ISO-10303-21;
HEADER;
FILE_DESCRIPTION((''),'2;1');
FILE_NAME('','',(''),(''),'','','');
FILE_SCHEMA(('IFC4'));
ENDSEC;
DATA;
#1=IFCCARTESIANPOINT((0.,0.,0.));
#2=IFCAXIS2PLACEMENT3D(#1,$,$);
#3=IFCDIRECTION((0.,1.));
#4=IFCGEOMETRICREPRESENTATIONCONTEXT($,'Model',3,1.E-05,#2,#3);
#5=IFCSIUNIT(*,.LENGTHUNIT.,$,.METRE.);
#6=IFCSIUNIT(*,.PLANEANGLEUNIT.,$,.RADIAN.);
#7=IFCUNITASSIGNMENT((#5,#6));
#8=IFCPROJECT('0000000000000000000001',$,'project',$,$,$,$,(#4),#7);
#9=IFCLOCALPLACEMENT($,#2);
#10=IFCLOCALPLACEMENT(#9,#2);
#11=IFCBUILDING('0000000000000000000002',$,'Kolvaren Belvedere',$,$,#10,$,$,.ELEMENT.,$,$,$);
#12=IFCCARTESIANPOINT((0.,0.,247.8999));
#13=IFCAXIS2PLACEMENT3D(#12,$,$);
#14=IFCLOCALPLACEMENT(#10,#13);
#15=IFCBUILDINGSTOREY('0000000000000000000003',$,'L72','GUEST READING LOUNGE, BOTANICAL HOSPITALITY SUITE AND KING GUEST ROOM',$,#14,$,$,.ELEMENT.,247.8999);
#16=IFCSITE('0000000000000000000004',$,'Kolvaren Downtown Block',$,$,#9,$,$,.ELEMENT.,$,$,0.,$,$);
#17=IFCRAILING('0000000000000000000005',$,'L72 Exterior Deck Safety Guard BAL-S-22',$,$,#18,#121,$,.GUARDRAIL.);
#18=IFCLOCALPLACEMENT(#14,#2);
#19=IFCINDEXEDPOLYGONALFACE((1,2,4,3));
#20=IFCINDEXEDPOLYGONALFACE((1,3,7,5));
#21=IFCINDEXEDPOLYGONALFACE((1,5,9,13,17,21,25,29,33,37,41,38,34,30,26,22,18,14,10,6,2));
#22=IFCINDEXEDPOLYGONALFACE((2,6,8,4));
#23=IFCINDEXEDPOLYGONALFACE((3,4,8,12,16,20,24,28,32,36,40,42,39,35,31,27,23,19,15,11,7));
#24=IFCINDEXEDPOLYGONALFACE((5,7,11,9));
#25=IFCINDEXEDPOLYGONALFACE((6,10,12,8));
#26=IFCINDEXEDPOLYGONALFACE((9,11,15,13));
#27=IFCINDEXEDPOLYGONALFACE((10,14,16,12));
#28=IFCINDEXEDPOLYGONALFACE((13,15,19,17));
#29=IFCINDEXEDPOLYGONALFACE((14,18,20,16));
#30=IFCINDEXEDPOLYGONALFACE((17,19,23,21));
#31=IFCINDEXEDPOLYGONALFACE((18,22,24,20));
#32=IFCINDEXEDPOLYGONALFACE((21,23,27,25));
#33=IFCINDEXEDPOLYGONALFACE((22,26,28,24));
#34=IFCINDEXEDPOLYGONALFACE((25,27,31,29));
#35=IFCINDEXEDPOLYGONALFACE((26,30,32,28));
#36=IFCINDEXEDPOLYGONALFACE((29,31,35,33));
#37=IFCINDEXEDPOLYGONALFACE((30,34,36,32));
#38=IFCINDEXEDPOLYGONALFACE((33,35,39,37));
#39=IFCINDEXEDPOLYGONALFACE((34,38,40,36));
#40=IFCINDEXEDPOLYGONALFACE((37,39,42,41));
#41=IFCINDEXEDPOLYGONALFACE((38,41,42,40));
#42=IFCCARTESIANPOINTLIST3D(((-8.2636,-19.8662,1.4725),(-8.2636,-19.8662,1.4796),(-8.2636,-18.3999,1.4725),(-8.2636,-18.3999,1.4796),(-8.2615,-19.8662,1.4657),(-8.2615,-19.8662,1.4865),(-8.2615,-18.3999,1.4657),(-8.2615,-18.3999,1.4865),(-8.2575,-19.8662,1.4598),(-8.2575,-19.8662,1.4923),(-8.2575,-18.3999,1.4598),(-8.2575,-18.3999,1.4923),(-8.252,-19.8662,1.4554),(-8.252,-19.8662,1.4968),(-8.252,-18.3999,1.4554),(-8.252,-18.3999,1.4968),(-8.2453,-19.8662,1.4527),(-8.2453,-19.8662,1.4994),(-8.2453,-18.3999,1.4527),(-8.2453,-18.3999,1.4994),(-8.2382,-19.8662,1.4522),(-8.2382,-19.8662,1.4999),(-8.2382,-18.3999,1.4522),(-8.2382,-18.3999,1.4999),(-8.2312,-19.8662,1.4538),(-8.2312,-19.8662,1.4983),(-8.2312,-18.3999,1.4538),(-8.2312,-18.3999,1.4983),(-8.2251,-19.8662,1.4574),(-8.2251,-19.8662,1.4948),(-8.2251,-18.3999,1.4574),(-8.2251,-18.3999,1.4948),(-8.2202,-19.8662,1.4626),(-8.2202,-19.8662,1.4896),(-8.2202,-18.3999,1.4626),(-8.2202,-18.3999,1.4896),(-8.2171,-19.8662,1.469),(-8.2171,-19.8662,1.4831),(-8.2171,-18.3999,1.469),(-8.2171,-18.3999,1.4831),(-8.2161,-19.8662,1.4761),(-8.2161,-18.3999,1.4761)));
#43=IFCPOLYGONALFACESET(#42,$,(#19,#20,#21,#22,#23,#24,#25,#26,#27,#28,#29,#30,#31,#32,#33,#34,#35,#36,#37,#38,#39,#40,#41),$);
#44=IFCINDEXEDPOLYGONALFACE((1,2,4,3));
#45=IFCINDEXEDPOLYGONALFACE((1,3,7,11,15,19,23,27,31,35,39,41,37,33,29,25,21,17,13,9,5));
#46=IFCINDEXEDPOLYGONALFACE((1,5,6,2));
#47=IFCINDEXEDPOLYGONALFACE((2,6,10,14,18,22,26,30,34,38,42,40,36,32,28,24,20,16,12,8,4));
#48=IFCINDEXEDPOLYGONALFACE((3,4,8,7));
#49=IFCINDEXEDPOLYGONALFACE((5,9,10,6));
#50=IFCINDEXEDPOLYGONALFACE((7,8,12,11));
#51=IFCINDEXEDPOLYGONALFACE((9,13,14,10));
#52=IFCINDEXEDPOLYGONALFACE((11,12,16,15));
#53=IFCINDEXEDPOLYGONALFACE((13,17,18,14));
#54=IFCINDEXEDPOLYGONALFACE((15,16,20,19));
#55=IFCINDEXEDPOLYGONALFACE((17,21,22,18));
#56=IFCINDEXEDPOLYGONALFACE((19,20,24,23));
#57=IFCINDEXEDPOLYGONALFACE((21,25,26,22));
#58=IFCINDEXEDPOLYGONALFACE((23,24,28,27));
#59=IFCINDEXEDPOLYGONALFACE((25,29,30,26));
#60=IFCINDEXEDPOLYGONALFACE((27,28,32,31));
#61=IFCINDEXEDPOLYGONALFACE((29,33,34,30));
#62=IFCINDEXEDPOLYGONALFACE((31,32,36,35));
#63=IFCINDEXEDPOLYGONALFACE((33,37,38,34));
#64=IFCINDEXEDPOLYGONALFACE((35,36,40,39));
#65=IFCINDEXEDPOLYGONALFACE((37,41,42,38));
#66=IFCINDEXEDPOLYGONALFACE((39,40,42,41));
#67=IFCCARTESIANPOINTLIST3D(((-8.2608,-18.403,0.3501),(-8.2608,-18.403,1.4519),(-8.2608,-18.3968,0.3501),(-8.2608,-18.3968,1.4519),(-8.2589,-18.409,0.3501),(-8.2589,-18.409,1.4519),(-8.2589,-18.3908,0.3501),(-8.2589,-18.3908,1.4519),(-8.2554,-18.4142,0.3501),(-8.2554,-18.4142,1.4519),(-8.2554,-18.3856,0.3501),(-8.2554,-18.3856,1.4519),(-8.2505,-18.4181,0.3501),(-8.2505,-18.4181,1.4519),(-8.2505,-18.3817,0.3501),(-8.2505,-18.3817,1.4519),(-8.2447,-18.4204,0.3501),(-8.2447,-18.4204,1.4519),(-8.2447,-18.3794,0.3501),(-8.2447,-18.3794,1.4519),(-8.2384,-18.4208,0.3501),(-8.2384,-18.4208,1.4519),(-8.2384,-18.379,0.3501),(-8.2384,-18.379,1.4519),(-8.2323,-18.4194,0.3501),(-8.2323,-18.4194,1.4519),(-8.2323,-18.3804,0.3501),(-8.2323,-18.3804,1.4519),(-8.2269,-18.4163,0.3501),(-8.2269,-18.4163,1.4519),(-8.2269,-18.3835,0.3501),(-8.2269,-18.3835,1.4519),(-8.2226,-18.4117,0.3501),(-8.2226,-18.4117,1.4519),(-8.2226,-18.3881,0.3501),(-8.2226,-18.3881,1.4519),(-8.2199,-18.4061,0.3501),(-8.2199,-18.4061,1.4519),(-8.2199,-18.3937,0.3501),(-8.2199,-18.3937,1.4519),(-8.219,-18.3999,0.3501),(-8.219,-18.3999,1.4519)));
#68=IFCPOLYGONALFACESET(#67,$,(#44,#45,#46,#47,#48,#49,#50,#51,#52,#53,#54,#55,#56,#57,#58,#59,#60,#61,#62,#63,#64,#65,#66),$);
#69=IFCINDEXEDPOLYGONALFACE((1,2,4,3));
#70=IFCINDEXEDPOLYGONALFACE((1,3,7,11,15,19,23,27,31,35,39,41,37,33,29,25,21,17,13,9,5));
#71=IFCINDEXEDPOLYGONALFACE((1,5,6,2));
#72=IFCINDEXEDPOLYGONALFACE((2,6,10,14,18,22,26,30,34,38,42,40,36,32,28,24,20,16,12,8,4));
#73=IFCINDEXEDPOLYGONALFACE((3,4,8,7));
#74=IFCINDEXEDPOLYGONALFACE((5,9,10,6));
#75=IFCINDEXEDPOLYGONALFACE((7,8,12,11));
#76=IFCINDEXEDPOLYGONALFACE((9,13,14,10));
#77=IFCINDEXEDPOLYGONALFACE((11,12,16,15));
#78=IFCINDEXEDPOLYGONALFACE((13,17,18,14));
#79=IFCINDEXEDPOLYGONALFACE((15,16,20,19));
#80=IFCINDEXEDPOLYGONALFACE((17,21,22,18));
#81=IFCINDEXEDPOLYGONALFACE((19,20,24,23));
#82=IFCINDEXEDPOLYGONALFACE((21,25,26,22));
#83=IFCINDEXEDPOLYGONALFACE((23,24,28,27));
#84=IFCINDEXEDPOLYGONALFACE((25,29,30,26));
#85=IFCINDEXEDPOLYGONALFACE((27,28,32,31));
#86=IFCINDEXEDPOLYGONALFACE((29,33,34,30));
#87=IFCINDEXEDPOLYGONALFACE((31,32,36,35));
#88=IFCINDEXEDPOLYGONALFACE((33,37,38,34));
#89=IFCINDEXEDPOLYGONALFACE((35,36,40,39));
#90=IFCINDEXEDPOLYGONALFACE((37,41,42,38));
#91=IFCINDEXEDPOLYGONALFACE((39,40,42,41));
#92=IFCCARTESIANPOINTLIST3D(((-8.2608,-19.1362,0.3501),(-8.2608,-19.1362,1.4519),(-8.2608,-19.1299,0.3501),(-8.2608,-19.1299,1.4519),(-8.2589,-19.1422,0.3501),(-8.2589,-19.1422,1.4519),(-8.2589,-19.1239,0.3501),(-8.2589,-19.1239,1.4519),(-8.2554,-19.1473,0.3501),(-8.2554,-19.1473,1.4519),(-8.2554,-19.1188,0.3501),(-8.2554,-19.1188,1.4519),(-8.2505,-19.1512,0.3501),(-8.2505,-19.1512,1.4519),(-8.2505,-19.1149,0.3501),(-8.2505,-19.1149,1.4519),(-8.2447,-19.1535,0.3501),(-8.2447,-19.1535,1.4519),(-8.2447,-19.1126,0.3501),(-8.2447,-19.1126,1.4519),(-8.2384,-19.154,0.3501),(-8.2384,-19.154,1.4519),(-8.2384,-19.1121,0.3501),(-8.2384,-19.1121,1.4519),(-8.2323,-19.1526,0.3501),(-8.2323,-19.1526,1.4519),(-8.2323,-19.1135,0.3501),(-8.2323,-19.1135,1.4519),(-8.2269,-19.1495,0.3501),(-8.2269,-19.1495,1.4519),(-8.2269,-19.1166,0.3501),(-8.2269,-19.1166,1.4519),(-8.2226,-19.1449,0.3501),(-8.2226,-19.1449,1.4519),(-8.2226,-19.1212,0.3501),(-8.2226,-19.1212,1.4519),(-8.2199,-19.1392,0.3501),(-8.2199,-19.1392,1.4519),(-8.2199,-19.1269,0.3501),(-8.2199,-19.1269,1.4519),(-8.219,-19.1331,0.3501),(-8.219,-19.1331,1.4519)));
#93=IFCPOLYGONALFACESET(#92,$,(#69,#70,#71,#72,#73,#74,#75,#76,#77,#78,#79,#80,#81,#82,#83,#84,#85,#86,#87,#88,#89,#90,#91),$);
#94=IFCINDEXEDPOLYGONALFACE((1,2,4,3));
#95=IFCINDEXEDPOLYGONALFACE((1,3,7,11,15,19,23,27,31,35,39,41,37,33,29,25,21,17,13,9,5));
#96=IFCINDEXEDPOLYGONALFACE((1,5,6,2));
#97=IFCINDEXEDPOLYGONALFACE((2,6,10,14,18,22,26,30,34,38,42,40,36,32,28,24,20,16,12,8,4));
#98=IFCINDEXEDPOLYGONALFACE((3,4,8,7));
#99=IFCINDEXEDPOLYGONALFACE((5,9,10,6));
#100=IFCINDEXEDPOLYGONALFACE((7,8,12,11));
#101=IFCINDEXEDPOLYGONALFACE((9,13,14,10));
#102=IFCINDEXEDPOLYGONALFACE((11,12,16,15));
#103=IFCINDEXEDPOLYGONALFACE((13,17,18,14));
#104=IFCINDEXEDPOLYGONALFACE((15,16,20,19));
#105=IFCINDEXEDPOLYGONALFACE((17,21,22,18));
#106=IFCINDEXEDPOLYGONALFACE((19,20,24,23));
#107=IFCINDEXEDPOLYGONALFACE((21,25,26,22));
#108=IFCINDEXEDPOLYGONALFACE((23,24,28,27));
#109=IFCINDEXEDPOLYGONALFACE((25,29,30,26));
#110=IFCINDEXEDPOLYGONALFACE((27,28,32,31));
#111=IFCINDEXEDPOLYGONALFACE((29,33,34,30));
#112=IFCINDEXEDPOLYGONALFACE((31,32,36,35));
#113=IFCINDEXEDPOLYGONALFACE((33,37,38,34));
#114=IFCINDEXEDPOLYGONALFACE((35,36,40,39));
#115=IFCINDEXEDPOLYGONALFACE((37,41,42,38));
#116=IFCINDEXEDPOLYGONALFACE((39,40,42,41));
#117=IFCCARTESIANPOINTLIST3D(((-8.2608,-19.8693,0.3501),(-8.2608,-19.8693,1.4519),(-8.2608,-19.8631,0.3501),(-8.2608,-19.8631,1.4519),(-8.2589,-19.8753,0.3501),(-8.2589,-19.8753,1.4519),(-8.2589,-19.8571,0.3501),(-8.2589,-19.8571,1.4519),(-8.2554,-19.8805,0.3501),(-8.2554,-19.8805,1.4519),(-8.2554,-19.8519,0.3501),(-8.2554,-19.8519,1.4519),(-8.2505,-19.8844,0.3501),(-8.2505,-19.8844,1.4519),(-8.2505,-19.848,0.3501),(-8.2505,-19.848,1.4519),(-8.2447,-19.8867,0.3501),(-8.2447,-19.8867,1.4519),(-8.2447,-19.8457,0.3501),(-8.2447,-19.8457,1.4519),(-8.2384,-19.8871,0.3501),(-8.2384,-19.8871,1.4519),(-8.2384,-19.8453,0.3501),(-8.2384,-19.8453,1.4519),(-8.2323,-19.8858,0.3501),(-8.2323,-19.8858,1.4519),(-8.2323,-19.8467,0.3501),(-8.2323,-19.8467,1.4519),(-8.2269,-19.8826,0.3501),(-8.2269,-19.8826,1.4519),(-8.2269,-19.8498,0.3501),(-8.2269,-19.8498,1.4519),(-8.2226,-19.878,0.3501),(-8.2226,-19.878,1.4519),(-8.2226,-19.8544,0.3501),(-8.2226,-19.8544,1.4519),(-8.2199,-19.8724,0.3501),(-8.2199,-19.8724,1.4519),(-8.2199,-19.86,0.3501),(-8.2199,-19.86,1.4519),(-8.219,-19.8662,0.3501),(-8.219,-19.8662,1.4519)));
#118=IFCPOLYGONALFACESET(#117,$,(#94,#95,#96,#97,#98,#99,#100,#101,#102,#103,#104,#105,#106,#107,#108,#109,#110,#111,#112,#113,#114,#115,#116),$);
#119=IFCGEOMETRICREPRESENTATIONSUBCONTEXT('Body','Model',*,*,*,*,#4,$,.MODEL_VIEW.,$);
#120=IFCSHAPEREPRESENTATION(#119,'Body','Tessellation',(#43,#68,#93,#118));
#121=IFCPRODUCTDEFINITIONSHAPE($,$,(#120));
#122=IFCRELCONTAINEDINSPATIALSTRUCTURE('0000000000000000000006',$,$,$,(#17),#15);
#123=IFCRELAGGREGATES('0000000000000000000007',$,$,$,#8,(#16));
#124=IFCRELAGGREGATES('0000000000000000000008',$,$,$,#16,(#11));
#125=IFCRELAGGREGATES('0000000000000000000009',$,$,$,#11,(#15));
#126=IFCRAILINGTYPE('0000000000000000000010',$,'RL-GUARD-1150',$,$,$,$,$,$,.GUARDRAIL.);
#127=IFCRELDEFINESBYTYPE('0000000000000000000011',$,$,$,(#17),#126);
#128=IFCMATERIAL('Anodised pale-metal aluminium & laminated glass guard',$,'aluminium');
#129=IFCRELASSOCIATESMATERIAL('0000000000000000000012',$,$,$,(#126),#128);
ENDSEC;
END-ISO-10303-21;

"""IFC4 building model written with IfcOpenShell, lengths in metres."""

from ifc_helpers import new_model, si_unit, direction, frame, origin, origin_2d, place, context, subcontext, project, spatial, circle, extrude, material, type_object, element, save


model = new_model("IFC4")

# Units and contexts
model_context = context("Model", 3, precision=1e-05, world=origin(), true_north=direction((0.0, 1.0)))
body_context = subcontext(model_context, "Body", "Model", "MODEL_VIEW")
ifc_project = project(units=[si_unit("LENGTHUNIT", "METRE"), si_unit("PLANEANGLEUNIT", "RADIAN")], contexts=[model_context])

# Site, building, storey
site_placement = place(None, origin())
site = spatial("IfcSite", under=ifc_project, at=site_placement, Name="Kolvaren Downtown Block", CompositionType="ELEMENT", RefElevation=0.0)
building_placement = place(site_placement, origin())
building = spatial("IfcBuilding", under=site, at=building_placement, Name="Kolvaren Belvedere", CompositionType="ELEMENT")
storey_placement = place(building_placement, frame((0.0, 0.0, 247.8999)))
storey = spatial("IfcBuildingStorey", under=building, at=storey_placement, Name="L72", Description="GUEST READING LOUNGE, BOTANICAL HOSPITALITY SUITE AND KING GUEST ROOM", CompositionType="ELEMENT", Elevation=247.8999)

# Railing
ifc_material_1 = material(Name="Anodised pale-metal aluminium & laminated glass guard", Category="aluminium")
railing_type = type_object("IfcRailingType", Name="RL-GUARD-1150", PredefinedType="GUARDRAIL", material=ifc_material_1)
railing_1_placement = place(storey_placement, frame((-8.24, -18.3999, 0.3501)))
element("IfcRailing", 1, at=railing_1_placement, inside=storey, type_object=railing_type, Name="L72 Exterior Deck Safety Guard BAL-S-22", PredefinedType="GUARDRAIL", context=body_context, shape_type="SweptSolid", body=[
    extrude(circle(Radius=0.0239, at=origin_2d()), frame((0.0, 0.0, 1.126), z_axis=(0.0, -1.0, 0.0), x_axis=(1.0, 0.0, 0.0)), (0.0, 0.0, 1.0), 1.4663),
    extrude(circle(Radius=0.021, at=origin_2d()), origin(), (0.0, 0.0, 1.0), 1.1018),
    extrude(circle(Radius=0.021, at=origin_2d()), frame((0.0, -0.7332, 0.0)), (0.0, 0.0, 1.0), 1.1018),
    extrude(circle(Radius=0.021, at=origin_2d()), frame((0.0, -1.4663, 0.0)), (0.0, 0.0, 1.0), 1.1018),
])

save(model, "model.ifc")
